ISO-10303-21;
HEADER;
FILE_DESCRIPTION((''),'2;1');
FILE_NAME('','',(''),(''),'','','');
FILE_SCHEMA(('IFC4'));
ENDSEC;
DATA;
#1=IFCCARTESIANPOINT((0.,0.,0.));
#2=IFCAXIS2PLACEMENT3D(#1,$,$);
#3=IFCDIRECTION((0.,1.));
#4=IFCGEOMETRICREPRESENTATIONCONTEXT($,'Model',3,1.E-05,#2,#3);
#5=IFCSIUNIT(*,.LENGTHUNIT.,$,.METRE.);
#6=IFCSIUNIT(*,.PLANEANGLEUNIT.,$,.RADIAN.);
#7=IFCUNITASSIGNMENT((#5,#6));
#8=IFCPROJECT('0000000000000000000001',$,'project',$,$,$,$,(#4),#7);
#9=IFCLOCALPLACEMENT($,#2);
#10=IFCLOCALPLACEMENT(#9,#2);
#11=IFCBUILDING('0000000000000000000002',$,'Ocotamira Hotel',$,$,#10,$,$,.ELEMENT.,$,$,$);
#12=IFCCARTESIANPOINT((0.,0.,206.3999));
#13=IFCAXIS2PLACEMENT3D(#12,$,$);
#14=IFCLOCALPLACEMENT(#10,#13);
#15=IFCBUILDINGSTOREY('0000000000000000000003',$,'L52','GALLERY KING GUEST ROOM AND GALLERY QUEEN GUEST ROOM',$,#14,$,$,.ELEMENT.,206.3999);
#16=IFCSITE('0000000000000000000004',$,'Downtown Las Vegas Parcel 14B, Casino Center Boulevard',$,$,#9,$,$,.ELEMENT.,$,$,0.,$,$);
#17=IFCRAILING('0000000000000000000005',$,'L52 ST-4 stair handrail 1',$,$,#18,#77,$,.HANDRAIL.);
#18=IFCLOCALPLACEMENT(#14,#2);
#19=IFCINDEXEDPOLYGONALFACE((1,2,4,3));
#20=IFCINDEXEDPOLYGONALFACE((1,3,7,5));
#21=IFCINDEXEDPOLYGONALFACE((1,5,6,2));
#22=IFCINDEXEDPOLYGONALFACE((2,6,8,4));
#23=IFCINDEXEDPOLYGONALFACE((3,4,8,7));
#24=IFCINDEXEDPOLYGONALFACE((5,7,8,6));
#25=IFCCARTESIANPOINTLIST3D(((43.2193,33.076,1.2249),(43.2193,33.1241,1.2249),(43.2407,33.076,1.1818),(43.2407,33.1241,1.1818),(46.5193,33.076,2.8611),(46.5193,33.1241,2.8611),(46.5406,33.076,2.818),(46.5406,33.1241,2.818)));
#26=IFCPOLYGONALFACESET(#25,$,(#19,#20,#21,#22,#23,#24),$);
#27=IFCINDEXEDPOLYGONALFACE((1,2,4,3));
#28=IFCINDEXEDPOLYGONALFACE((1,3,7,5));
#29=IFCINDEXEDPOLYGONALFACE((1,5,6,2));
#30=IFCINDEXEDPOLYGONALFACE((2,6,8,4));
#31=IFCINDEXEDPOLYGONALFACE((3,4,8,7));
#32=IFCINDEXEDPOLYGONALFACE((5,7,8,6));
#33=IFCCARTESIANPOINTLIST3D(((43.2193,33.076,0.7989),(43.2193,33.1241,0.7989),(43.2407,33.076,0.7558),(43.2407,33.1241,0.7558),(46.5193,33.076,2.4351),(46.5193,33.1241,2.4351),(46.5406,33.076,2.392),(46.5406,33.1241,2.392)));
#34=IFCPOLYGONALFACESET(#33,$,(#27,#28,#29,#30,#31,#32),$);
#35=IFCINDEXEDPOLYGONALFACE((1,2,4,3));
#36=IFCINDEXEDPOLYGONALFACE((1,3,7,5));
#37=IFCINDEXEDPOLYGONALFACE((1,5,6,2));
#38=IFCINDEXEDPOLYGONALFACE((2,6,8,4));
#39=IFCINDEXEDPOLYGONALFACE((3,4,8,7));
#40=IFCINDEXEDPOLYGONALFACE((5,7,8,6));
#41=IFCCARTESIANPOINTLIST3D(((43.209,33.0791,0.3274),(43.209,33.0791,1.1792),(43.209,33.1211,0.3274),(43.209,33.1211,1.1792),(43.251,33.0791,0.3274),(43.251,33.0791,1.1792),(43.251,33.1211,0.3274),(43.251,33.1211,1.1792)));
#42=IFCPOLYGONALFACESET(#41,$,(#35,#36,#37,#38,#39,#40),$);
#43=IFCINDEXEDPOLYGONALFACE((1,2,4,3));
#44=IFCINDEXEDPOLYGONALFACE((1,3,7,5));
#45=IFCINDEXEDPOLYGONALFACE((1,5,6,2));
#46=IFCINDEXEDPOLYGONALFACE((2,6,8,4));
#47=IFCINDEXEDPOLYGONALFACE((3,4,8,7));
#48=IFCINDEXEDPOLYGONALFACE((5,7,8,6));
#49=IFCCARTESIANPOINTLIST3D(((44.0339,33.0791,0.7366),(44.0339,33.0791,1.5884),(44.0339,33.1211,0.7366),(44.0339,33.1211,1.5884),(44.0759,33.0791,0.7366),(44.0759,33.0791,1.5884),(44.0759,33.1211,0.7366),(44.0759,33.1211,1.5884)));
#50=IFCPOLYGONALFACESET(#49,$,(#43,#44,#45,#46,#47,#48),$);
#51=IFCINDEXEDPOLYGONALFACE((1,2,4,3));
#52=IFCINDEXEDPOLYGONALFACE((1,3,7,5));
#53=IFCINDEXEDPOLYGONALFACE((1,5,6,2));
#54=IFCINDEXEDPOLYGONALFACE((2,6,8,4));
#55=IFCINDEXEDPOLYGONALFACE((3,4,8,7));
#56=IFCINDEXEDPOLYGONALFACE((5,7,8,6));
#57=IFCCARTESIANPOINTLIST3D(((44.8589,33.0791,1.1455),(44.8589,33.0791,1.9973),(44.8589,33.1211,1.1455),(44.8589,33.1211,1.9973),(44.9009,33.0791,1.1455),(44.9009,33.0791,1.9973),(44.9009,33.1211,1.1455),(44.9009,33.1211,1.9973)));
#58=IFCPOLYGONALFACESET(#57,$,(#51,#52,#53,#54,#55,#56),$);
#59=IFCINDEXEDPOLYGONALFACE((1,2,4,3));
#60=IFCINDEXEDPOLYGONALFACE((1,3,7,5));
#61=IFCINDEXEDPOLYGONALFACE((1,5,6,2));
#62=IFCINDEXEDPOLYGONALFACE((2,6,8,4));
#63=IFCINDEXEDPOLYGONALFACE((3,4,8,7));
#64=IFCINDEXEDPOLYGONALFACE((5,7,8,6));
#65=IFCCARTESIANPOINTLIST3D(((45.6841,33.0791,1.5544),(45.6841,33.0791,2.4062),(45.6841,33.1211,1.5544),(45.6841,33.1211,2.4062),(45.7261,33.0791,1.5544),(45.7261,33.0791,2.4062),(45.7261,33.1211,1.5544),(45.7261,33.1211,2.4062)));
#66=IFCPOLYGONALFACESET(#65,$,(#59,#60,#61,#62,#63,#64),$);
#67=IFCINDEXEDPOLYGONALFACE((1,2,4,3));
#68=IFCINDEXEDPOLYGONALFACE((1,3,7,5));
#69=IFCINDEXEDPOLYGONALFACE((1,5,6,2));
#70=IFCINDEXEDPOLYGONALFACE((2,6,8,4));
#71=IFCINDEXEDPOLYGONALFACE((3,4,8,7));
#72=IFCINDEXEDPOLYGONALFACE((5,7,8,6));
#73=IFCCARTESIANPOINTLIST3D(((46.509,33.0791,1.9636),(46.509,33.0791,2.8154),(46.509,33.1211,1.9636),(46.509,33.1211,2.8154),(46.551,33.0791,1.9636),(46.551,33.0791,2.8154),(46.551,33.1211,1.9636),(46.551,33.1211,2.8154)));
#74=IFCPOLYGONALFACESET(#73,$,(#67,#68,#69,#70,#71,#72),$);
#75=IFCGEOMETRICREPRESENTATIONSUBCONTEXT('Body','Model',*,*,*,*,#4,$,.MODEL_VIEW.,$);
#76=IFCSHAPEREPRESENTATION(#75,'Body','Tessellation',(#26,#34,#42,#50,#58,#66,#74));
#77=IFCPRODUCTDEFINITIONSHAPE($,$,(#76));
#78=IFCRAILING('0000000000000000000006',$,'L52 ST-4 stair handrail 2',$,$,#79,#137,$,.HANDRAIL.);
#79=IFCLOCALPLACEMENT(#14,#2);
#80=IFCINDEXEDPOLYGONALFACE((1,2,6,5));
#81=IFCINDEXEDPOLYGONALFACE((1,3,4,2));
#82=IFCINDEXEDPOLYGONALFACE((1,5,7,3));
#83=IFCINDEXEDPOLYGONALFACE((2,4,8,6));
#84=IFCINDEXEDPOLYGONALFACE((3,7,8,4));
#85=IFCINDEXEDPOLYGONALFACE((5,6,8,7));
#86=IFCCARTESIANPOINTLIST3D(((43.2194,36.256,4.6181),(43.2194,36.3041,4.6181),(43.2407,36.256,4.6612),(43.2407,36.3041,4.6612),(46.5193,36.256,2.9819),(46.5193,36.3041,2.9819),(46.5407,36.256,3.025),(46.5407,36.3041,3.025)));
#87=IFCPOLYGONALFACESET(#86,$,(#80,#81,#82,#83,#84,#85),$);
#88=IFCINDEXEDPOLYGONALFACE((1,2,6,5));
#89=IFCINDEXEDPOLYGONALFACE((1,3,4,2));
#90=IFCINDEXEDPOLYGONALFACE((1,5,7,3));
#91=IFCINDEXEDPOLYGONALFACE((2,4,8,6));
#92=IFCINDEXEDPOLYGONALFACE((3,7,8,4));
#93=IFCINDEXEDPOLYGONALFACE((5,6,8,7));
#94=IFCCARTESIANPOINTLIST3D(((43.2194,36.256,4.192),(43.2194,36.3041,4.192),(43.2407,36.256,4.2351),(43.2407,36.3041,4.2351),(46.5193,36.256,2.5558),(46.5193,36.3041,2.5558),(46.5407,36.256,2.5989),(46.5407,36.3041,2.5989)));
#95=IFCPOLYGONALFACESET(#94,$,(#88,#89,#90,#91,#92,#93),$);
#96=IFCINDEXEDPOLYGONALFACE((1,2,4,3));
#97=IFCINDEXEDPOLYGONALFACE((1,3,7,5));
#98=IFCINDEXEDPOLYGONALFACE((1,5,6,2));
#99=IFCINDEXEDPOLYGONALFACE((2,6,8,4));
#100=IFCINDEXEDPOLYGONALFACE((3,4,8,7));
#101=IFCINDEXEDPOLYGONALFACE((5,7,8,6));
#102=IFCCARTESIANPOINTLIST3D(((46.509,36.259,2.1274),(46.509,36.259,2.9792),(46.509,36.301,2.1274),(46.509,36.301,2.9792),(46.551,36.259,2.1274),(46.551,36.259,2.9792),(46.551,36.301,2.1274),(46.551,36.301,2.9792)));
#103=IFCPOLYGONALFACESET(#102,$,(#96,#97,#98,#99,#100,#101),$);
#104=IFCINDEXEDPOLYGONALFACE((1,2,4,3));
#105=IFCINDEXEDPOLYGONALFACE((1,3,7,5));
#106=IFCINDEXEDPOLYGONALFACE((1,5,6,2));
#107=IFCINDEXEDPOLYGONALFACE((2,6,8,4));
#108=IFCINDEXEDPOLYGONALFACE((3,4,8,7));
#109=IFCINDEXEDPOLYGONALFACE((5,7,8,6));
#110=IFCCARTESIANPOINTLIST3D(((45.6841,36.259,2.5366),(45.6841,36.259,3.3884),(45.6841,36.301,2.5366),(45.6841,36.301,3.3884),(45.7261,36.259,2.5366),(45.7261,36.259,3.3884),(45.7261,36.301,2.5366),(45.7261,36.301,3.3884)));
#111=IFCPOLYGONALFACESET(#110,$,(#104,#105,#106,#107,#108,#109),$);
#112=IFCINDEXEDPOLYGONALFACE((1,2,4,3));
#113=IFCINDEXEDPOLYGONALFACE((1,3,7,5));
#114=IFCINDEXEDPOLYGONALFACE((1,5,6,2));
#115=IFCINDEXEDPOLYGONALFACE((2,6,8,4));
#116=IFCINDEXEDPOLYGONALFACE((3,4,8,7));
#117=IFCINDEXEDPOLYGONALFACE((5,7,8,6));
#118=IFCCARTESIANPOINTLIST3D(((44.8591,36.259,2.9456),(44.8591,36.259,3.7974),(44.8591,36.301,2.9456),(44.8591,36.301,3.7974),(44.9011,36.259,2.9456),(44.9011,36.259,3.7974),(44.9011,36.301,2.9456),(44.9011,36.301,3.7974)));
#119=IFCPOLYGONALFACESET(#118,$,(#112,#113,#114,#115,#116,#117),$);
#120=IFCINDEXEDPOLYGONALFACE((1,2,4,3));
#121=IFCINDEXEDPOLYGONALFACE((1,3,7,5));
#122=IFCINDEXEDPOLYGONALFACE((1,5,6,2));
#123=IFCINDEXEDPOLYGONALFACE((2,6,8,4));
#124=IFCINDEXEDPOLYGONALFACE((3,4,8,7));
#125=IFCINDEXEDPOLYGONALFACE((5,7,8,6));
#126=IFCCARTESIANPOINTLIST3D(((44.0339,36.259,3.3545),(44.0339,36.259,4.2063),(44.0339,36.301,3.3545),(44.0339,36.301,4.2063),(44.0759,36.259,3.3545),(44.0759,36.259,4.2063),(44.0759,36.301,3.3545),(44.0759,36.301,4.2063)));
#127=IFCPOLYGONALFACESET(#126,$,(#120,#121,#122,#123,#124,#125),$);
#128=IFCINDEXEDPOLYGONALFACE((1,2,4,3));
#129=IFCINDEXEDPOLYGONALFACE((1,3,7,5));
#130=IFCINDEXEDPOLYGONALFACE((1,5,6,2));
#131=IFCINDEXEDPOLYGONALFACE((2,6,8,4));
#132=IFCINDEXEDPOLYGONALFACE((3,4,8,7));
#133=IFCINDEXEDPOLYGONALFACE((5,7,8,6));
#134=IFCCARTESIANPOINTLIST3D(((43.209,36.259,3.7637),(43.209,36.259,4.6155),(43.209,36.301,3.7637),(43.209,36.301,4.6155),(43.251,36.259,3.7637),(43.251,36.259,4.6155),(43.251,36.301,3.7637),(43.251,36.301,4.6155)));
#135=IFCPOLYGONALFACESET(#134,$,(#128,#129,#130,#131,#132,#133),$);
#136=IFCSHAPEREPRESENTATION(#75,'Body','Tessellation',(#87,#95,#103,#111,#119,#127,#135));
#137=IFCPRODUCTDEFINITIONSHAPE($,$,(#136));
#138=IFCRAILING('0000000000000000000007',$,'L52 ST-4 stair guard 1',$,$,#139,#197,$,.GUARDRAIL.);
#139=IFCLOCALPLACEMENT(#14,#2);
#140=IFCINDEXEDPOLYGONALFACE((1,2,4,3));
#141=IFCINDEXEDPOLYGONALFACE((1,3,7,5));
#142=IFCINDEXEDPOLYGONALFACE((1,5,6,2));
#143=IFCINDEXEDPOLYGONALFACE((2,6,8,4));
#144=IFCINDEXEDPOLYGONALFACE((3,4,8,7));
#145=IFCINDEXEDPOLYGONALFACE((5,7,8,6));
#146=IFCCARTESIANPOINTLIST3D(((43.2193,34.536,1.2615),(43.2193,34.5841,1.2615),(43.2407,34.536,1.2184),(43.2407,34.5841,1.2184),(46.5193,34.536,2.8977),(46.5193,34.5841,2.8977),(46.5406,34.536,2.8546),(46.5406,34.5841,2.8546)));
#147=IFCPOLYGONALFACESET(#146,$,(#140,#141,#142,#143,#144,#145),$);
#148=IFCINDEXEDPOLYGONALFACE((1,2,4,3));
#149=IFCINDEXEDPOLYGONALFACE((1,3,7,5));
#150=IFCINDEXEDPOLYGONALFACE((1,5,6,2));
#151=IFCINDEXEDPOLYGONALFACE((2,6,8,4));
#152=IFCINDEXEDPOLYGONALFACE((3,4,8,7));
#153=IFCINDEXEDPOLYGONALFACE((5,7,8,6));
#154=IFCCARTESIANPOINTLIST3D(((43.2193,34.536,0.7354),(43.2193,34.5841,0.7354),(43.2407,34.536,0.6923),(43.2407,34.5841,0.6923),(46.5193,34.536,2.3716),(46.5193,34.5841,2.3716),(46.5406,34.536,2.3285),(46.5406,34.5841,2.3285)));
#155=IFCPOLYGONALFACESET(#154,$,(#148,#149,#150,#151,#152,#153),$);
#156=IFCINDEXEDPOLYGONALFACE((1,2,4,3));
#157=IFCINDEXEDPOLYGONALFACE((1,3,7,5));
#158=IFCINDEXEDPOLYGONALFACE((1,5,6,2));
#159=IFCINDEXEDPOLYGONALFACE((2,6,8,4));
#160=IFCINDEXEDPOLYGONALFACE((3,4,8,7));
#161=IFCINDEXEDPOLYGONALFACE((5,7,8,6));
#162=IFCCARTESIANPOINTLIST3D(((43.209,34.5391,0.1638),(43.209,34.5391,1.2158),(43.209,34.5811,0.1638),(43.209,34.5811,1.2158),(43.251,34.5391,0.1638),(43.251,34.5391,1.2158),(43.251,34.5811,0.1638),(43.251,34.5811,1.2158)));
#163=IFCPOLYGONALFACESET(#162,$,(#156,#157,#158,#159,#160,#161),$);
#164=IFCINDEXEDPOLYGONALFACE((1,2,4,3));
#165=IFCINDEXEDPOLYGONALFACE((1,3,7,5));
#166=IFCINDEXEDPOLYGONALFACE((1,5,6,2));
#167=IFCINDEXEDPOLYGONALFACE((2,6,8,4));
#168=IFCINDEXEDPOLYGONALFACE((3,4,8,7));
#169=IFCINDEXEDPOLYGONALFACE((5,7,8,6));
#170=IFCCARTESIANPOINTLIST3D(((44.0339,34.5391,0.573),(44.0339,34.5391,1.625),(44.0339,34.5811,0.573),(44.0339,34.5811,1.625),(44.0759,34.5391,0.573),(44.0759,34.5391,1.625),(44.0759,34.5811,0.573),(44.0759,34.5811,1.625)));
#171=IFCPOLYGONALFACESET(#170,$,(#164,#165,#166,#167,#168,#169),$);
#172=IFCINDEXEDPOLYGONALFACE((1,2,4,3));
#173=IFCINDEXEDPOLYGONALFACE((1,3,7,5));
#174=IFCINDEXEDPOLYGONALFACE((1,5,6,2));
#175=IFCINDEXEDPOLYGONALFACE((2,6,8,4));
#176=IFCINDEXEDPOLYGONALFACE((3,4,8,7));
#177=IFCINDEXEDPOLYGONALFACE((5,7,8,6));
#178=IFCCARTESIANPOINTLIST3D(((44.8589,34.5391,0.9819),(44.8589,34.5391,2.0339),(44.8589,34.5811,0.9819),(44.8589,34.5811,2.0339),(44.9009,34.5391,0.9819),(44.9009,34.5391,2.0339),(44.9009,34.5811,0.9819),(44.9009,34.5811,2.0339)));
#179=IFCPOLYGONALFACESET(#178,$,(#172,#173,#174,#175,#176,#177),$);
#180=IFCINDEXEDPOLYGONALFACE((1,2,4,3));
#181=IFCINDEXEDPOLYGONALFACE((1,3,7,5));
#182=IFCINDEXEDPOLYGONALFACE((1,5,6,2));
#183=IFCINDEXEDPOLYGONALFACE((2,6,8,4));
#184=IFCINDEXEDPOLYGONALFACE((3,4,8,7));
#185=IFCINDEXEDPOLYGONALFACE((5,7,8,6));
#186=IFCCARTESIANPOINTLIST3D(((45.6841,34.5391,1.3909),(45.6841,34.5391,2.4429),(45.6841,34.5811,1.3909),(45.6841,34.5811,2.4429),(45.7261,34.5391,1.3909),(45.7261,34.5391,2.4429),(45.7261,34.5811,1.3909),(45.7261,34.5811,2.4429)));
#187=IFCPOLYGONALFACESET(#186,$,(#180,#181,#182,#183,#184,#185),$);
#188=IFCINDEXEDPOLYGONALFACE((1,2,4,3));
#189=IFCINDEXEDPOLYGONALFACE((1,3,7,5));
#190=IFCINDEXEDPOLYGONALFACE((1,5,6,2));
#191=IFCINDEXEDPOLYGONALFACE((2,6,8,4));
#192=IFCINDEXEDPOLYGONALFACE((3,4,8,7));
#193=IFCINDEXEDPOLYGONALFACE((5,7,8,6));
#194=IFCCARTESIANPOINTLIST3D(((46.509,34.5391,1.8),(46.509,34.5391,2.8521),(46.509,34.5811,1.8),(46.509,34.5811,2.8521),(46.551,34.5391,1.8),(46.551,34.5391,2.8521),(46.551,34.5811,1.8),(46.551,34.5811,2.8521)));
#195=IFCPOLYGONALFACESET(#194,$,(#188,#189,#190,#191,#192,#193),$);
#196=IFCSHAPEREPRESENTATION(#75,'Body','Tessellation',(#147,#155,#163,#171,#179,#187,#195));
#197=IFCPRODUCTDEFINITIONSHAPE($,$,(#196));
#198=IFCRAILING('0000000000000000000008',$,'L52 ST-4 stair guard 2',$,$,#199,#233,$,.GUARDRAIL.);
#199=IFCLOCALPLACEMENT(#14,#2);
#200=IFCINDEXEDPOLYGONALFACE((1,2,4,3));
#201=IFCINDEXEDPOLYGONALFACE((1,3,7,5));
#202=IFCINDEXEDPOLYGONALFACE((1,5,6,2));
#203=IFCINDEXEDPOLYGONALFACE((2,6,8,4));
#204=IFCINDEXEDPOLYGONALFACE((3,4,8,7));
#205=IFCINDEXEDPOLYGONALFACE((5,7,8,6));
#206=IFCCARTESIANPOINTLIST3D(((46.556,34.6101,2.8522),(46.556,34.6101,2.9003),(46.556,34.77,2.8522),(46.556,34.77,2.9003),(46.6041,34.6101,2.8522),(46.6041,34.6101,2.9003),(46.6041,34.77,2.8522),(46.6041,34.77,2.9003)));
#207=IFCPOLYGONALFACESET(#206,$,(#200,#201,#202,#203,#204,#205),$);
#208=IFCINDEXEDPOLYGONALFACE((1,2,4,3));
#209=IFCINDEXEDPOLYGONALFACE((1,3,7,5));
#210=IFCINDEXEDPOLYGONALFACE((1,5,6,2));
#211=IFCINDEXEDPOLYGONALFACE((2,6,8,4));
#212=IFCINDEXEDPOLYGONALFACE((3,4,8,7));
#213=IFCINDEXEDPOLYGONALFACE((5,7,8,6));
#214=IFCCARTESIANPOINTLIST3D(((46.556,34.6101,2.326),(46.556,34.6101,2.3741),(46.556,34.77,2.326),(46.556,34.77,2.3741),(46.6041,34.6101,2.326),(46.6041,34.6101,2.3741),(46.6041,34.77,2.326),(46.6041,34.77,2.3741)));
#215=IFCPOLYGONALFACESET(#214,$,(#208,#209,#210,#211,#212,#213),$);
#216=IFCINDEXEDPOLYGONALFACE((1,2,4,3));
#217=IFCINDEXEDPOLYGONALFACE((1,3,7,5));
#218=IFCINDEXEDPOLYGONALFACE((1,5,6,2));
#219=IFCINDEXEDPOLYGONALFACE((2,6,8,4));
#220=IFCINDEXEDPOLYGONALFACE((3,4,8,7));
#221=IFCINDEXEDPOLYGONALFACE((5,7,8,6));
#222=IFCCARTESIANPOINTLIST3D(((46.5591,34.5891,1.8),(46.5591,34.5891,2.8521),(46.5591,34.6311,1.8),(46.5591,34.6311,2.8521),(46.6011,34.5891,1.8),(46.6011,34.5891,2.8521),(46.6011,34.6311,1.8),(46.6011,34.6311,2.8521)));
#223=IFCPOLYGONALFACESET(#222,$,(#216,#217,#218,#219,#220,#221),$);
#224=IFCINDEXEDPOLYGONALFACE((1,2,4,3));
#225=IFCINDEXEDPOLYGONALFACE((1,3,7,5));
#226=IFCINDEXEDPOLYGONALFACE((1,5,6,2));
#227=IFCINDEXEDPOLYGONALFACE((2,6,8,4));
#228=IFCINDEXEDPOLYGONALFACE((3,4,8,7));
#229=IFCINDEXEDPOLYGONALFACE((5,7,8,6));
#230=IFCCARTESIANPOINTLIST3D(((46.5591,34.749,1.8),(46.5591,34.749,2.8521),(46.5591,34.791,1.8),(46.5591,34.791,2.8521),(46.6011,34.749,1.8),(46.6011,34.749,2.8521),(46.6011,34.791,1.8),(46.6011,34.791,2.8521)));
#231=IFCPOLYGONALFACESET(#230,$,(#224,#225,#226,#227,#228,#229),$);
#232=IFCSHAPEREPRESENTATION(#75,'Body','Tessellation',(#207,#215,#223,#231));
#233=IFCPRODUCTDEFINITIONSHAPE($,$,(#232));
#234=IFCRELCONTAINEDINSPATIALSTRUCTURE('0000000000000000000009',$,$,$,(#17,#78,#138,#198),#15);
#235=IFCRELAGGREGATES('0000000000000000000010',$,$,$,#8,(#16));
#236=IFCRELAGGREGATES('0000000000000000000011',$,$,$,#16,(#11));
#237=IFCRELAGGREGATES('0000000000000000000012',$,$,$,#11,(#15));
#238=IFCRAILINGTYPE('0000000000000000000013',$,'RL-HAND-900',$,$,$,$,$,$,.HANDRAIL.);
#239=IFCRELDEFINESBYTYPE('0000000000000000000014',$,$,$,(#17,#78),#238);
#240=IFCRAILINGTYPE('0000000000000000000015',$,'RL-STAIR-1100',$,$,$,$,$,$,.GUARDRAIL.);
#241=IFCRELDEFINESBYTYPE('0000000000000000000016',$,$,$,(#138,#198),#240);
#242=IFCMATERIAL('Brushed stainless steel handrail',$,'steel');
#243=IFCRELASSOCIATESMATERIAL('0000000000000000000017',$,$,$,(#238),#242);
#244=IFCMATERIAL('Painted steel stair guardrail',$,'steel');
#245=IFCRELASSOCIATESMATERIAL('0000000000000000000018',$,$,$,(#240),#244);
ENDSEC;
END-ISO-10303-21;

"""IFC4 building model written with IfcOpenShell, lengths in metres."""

from ifc_helpers import new_model, si_unit, direction, frame, origin, origin_2d, place, context, subcontext, project, spatial, rectangle, extrude, material, type_object, element, save


model = new_model("IFC4")

# Units and contexts
model_context = context("Model", 3, precision=1e-05, world=origin(), true_north=direction((0.0, 1.0)))
body_context = subcontext(model_context, "Body", "Model", "MODEL_VIEW")
ifc_project = project(units=[si_unit("LENGTHUNIT", "METRE"), si_unit("PLANEANGLEUNIT", "RADIAN")], contexts=[model_context])

# Site, building, storey
site_placement = place(None, origin())
site = spatial("IfcSite", under=ifc_project, at=site_placement, Name="Downtown Las Vegas Parcel 14B, Casino Center Boulevard", CompositionType="ELEMENT", RefElevation=0.0)
building_placement = place(site_placement, origin())
building = spatial("IfcBuilding", under=site, at=building_placement, Name="Ocotamira Hotel", CompositionType="ELEMENT")
storey_placement = place(building_placement, frame((0.0, 0.0, 206.3999)))
storey = spatial("IfcBuildingStorey", under=building, at=storey_placement, Name="L52", Description="GALLERY KING GUEST ROOM AND GALLERY QUEEN GUEST ROOM", CompositionType="ELEMENT", Elevation=206.3999)

# Railings
ifc_material_1 = material(Name="Brushed stainless steel handrail", Category="steel")
railing_type_1 = type_object("IfcRailingType", Name="RL-HAND-900", PredefinedType="HANDRAIL", material=ifc_material_1)
railing_1_placement = place(storey_placement, frame((43.23, 33.1001, 0.3274)))
element("IfcRailing", 1, at=railing_1_placement, inside=storey, type_object=railing_type_1, Name="L52 ST-4 stair handrail 1", PredefinedType="HANDRAIL", context=body_context, shape_type="SweptSolid", body=[
    extrude(rectangle(XDim=0.0481, YDim=0.0481, at=origin_2d()), frame((0.0, 0.0, 0.876), z_axis=(0.89592, 0.0, 0.444215), x_axis=(0.0, 1.0, 0.0)), (0.0, 0.0, 1.0), 3.6833),
    extrude(rectangle(XDim=0.0481, YDim=0.0481, at=origin_2d()), frame((0.0, 0.0, 0.45), z_axis=(0.89592, 0.0, 0.444215), x_axis=(0.0, 1.0, 0.0)), (0.0, 0.0, 1.0), 3.6833),
    extrude(rectangle(XDim=0.042, YDim=0.042, at=origin_2d()), origin(), (0.0, 0.0, 1.0), 0.8518),
    extrude(rectangle(XDim=0.042, YDim=0.042, at=origin_2d()), frame((0.825, 0.0, 0.4092)), (0.0, 0.0, 1.0), 0.8518),
    extrude(rectangle(XDim=0.042, YDim=0.042, at=origin_2d()), frame((1.6499, 0.0, 0.8181)), (0.0, 0.0, 1.0), 0.8518),
    extrude(rectangle(XDim=0.042, YDim=0.042, at=origin_2d()), frame((2.4751, 0.0, 1.2271)), (0.0, 0.0, 1.0), 0.8518),
    extrude(rectangle(XDim=0.042, YDim=0.042, at=origin_2d()), frame((3.3, 0.0, 1.6362)), (0.0, 0.0, 1.0), 0.8518),
])
railing_2_placement = place(storey_placement, frame((46.53, 36.28, 2.1274)))
element("IfcRailing", 2, at=railing_2_placement, inside=storey, type_object=railing_type_1, Name="L52 ST-4 stair handrail 2", PredefinedType="HANDRAIL", context=body_context, shape_type="SweptSolid", body=[
    extrude(rectangle(XDim=0.0481, YDim=0.0481, at=origin_2d()), frame((0.0, 0.0, 0.876), z_axis=(-0.89592, 0.0, 0.444215), x_axis=(0.0, -1.0, 0.0)), (0.0, 0.0, 1.0), 3.6833),
    extrude(rectangle(XDim=0.0481, YDim=0.0481, at=origin_2d()), frame((0.0, 0.0, 0.45), z_axis=(-0.89592, 0.0, 0.444215), x_axis=(0.0, -1.0, 0.0)), (0.0, 0.0, 1.0), 3.6833),
    extrude(rectangle(XDim=0.042, YDim=0.042, at=origin_2d()), origin(), (0.0, 0.0, 1.0), 0.8518),
    extrude(rectangle(XDim=0.042, YDim=0.042, at=origin_2d()), frame((-0.825, 0.0, 0.4092)), (0.0, 0.0, 1.0), 0.8518),
    extrude(rectangle(XDim=0.042, YDim=0.042, at=origin_2d()), frame((-1.6499, 0.0, 0.8181)), (0.0, 0.0, 1.0), 0.8518),
    extrude(rectangle(XDim=0.042, YDim=0.042, at=origin_2d()), frame((-2.4751, 0.0, 1.2271)), (0.0, 0.0, 1.0), 0.8518),
    extrude(rectangle(XDim=0.042, YDim=0.042, at=origin_2d()), frame((-3.3, 0.0, 1.6362)), (0.0, 0.0, 1.0), 0.8518),
])
ifc_material_2 = material(Name="Painted steel stair guardrail", Category="steel")
railing_type_2 = type_object("IfcRailingType", Name="RL-STAIR-1100", PredefinedType="GUARDRAIL", material=ifc_material_2)
railing_3_placement = place(storey_placement, frame((43.23, 34.5601, 0.1638)))
element("IfcRailing", 3, at=railing_3_placement, inside=storey, type_object=railing_type_2, Name="L52 ST-4 stair guard 1", PredefinedType="GUARDRAIL", context=body_context, shape_type="SweptSolid", body=[
    extrude(rectangle(XDim=0.0481, YDim=0.0481, at=origin_2d()), frame((0.0, 0.0, 1.0762), z_axis=(0.89592, 0.0, 0.444215), x_axis=(0.0, 1.0, 0.0)), (0.0, 0.0, 1.0), 3.6833),
    extrude(rectangle(XDim=0.0481, YDim=0.0481, at=origin_2d()), frame((0.0, 0.0, 0.55), z_axis=(0.89592, 0.0, 0.444215), x_axis=(0.0, 1.0, 0.0)), (0.0, 0.0, 1.0), 3.6833),
    extrude(rectangle(XDim=0.042, YDim=0.042, at=origin_2d()), origin(), (0.0, 0.0, 1.0), 1.052),
    extrude(rectangle(XDim=0.042, YDim=0.042, at=origin_2d()), frame((0.825, 0.0, 0.4092)), (0.0, 0.0, 1.0), 1.052),
    extrude(rectangle(XDim=0.042, YDim=0.042, at=origin_2d()), frame((1.6499, 0.0, 0.8181)), (0.0, 0.0, 1.0), 1.052),
    extrude(rectangle(XDim=0.042, YDim=0.042, at=origin_2d()), frame((2.4751, 0.0, 1.2271)), (0.0, 0.0, 1.0), 1.052),
    extrude(rectangle(XDim=0.042, YDim=0.042, at=origin_2d()), frame((3.3, 0.0, 1.6362)), (0.0, 0.0, 1.0), 1.052),
])
railing_4_placement = place(storey_placement, frame((46.5801, 34.6101, 1.8)))
element("IfcRailing", 4, at=railing_4_placement, inside=storey, type_object=railing_type_2, Name="L52 ST-4 stair guard 2", PredefinedType="GUARDRAIL", context=body_context, shape_type="SweptSolid", body=[
    extrude(rectangle(XDim=0.0481, YDim=0.0481, at=origin_2d()), frame((0.0, 0.0, 1.0762), z_axis=(0.0, 1.0, 0.0), x_axis=(-1.0, 0.0, 0.0)), (0.0, 0.0, 1.0), 0.1599),
    extrude(rectangle(XDim=0.0481, YDim=0.0481, at=origin_2d()), frame((0.0, 0.0, 0.55), z_axis=(0.0, 1.0, 0.0), x_axis=(-1.0, 0.0, 0.0)), (0.0, 0.0, 1.0), 0.1599),
    extrude(rectangle(XDim=0.042, YDim=0.042, at=origin_2d()), origin(), (0.0, 0.0, 1.0), 1.052),
    extrude(rectangle(XDim=0.042, YDim=0.042, at=origin_2d()), frame((0.0, 0.1599, 0.0)), (0.0, 0.0, 1.0), 1.052),
])

save(model, "model.ifc")
